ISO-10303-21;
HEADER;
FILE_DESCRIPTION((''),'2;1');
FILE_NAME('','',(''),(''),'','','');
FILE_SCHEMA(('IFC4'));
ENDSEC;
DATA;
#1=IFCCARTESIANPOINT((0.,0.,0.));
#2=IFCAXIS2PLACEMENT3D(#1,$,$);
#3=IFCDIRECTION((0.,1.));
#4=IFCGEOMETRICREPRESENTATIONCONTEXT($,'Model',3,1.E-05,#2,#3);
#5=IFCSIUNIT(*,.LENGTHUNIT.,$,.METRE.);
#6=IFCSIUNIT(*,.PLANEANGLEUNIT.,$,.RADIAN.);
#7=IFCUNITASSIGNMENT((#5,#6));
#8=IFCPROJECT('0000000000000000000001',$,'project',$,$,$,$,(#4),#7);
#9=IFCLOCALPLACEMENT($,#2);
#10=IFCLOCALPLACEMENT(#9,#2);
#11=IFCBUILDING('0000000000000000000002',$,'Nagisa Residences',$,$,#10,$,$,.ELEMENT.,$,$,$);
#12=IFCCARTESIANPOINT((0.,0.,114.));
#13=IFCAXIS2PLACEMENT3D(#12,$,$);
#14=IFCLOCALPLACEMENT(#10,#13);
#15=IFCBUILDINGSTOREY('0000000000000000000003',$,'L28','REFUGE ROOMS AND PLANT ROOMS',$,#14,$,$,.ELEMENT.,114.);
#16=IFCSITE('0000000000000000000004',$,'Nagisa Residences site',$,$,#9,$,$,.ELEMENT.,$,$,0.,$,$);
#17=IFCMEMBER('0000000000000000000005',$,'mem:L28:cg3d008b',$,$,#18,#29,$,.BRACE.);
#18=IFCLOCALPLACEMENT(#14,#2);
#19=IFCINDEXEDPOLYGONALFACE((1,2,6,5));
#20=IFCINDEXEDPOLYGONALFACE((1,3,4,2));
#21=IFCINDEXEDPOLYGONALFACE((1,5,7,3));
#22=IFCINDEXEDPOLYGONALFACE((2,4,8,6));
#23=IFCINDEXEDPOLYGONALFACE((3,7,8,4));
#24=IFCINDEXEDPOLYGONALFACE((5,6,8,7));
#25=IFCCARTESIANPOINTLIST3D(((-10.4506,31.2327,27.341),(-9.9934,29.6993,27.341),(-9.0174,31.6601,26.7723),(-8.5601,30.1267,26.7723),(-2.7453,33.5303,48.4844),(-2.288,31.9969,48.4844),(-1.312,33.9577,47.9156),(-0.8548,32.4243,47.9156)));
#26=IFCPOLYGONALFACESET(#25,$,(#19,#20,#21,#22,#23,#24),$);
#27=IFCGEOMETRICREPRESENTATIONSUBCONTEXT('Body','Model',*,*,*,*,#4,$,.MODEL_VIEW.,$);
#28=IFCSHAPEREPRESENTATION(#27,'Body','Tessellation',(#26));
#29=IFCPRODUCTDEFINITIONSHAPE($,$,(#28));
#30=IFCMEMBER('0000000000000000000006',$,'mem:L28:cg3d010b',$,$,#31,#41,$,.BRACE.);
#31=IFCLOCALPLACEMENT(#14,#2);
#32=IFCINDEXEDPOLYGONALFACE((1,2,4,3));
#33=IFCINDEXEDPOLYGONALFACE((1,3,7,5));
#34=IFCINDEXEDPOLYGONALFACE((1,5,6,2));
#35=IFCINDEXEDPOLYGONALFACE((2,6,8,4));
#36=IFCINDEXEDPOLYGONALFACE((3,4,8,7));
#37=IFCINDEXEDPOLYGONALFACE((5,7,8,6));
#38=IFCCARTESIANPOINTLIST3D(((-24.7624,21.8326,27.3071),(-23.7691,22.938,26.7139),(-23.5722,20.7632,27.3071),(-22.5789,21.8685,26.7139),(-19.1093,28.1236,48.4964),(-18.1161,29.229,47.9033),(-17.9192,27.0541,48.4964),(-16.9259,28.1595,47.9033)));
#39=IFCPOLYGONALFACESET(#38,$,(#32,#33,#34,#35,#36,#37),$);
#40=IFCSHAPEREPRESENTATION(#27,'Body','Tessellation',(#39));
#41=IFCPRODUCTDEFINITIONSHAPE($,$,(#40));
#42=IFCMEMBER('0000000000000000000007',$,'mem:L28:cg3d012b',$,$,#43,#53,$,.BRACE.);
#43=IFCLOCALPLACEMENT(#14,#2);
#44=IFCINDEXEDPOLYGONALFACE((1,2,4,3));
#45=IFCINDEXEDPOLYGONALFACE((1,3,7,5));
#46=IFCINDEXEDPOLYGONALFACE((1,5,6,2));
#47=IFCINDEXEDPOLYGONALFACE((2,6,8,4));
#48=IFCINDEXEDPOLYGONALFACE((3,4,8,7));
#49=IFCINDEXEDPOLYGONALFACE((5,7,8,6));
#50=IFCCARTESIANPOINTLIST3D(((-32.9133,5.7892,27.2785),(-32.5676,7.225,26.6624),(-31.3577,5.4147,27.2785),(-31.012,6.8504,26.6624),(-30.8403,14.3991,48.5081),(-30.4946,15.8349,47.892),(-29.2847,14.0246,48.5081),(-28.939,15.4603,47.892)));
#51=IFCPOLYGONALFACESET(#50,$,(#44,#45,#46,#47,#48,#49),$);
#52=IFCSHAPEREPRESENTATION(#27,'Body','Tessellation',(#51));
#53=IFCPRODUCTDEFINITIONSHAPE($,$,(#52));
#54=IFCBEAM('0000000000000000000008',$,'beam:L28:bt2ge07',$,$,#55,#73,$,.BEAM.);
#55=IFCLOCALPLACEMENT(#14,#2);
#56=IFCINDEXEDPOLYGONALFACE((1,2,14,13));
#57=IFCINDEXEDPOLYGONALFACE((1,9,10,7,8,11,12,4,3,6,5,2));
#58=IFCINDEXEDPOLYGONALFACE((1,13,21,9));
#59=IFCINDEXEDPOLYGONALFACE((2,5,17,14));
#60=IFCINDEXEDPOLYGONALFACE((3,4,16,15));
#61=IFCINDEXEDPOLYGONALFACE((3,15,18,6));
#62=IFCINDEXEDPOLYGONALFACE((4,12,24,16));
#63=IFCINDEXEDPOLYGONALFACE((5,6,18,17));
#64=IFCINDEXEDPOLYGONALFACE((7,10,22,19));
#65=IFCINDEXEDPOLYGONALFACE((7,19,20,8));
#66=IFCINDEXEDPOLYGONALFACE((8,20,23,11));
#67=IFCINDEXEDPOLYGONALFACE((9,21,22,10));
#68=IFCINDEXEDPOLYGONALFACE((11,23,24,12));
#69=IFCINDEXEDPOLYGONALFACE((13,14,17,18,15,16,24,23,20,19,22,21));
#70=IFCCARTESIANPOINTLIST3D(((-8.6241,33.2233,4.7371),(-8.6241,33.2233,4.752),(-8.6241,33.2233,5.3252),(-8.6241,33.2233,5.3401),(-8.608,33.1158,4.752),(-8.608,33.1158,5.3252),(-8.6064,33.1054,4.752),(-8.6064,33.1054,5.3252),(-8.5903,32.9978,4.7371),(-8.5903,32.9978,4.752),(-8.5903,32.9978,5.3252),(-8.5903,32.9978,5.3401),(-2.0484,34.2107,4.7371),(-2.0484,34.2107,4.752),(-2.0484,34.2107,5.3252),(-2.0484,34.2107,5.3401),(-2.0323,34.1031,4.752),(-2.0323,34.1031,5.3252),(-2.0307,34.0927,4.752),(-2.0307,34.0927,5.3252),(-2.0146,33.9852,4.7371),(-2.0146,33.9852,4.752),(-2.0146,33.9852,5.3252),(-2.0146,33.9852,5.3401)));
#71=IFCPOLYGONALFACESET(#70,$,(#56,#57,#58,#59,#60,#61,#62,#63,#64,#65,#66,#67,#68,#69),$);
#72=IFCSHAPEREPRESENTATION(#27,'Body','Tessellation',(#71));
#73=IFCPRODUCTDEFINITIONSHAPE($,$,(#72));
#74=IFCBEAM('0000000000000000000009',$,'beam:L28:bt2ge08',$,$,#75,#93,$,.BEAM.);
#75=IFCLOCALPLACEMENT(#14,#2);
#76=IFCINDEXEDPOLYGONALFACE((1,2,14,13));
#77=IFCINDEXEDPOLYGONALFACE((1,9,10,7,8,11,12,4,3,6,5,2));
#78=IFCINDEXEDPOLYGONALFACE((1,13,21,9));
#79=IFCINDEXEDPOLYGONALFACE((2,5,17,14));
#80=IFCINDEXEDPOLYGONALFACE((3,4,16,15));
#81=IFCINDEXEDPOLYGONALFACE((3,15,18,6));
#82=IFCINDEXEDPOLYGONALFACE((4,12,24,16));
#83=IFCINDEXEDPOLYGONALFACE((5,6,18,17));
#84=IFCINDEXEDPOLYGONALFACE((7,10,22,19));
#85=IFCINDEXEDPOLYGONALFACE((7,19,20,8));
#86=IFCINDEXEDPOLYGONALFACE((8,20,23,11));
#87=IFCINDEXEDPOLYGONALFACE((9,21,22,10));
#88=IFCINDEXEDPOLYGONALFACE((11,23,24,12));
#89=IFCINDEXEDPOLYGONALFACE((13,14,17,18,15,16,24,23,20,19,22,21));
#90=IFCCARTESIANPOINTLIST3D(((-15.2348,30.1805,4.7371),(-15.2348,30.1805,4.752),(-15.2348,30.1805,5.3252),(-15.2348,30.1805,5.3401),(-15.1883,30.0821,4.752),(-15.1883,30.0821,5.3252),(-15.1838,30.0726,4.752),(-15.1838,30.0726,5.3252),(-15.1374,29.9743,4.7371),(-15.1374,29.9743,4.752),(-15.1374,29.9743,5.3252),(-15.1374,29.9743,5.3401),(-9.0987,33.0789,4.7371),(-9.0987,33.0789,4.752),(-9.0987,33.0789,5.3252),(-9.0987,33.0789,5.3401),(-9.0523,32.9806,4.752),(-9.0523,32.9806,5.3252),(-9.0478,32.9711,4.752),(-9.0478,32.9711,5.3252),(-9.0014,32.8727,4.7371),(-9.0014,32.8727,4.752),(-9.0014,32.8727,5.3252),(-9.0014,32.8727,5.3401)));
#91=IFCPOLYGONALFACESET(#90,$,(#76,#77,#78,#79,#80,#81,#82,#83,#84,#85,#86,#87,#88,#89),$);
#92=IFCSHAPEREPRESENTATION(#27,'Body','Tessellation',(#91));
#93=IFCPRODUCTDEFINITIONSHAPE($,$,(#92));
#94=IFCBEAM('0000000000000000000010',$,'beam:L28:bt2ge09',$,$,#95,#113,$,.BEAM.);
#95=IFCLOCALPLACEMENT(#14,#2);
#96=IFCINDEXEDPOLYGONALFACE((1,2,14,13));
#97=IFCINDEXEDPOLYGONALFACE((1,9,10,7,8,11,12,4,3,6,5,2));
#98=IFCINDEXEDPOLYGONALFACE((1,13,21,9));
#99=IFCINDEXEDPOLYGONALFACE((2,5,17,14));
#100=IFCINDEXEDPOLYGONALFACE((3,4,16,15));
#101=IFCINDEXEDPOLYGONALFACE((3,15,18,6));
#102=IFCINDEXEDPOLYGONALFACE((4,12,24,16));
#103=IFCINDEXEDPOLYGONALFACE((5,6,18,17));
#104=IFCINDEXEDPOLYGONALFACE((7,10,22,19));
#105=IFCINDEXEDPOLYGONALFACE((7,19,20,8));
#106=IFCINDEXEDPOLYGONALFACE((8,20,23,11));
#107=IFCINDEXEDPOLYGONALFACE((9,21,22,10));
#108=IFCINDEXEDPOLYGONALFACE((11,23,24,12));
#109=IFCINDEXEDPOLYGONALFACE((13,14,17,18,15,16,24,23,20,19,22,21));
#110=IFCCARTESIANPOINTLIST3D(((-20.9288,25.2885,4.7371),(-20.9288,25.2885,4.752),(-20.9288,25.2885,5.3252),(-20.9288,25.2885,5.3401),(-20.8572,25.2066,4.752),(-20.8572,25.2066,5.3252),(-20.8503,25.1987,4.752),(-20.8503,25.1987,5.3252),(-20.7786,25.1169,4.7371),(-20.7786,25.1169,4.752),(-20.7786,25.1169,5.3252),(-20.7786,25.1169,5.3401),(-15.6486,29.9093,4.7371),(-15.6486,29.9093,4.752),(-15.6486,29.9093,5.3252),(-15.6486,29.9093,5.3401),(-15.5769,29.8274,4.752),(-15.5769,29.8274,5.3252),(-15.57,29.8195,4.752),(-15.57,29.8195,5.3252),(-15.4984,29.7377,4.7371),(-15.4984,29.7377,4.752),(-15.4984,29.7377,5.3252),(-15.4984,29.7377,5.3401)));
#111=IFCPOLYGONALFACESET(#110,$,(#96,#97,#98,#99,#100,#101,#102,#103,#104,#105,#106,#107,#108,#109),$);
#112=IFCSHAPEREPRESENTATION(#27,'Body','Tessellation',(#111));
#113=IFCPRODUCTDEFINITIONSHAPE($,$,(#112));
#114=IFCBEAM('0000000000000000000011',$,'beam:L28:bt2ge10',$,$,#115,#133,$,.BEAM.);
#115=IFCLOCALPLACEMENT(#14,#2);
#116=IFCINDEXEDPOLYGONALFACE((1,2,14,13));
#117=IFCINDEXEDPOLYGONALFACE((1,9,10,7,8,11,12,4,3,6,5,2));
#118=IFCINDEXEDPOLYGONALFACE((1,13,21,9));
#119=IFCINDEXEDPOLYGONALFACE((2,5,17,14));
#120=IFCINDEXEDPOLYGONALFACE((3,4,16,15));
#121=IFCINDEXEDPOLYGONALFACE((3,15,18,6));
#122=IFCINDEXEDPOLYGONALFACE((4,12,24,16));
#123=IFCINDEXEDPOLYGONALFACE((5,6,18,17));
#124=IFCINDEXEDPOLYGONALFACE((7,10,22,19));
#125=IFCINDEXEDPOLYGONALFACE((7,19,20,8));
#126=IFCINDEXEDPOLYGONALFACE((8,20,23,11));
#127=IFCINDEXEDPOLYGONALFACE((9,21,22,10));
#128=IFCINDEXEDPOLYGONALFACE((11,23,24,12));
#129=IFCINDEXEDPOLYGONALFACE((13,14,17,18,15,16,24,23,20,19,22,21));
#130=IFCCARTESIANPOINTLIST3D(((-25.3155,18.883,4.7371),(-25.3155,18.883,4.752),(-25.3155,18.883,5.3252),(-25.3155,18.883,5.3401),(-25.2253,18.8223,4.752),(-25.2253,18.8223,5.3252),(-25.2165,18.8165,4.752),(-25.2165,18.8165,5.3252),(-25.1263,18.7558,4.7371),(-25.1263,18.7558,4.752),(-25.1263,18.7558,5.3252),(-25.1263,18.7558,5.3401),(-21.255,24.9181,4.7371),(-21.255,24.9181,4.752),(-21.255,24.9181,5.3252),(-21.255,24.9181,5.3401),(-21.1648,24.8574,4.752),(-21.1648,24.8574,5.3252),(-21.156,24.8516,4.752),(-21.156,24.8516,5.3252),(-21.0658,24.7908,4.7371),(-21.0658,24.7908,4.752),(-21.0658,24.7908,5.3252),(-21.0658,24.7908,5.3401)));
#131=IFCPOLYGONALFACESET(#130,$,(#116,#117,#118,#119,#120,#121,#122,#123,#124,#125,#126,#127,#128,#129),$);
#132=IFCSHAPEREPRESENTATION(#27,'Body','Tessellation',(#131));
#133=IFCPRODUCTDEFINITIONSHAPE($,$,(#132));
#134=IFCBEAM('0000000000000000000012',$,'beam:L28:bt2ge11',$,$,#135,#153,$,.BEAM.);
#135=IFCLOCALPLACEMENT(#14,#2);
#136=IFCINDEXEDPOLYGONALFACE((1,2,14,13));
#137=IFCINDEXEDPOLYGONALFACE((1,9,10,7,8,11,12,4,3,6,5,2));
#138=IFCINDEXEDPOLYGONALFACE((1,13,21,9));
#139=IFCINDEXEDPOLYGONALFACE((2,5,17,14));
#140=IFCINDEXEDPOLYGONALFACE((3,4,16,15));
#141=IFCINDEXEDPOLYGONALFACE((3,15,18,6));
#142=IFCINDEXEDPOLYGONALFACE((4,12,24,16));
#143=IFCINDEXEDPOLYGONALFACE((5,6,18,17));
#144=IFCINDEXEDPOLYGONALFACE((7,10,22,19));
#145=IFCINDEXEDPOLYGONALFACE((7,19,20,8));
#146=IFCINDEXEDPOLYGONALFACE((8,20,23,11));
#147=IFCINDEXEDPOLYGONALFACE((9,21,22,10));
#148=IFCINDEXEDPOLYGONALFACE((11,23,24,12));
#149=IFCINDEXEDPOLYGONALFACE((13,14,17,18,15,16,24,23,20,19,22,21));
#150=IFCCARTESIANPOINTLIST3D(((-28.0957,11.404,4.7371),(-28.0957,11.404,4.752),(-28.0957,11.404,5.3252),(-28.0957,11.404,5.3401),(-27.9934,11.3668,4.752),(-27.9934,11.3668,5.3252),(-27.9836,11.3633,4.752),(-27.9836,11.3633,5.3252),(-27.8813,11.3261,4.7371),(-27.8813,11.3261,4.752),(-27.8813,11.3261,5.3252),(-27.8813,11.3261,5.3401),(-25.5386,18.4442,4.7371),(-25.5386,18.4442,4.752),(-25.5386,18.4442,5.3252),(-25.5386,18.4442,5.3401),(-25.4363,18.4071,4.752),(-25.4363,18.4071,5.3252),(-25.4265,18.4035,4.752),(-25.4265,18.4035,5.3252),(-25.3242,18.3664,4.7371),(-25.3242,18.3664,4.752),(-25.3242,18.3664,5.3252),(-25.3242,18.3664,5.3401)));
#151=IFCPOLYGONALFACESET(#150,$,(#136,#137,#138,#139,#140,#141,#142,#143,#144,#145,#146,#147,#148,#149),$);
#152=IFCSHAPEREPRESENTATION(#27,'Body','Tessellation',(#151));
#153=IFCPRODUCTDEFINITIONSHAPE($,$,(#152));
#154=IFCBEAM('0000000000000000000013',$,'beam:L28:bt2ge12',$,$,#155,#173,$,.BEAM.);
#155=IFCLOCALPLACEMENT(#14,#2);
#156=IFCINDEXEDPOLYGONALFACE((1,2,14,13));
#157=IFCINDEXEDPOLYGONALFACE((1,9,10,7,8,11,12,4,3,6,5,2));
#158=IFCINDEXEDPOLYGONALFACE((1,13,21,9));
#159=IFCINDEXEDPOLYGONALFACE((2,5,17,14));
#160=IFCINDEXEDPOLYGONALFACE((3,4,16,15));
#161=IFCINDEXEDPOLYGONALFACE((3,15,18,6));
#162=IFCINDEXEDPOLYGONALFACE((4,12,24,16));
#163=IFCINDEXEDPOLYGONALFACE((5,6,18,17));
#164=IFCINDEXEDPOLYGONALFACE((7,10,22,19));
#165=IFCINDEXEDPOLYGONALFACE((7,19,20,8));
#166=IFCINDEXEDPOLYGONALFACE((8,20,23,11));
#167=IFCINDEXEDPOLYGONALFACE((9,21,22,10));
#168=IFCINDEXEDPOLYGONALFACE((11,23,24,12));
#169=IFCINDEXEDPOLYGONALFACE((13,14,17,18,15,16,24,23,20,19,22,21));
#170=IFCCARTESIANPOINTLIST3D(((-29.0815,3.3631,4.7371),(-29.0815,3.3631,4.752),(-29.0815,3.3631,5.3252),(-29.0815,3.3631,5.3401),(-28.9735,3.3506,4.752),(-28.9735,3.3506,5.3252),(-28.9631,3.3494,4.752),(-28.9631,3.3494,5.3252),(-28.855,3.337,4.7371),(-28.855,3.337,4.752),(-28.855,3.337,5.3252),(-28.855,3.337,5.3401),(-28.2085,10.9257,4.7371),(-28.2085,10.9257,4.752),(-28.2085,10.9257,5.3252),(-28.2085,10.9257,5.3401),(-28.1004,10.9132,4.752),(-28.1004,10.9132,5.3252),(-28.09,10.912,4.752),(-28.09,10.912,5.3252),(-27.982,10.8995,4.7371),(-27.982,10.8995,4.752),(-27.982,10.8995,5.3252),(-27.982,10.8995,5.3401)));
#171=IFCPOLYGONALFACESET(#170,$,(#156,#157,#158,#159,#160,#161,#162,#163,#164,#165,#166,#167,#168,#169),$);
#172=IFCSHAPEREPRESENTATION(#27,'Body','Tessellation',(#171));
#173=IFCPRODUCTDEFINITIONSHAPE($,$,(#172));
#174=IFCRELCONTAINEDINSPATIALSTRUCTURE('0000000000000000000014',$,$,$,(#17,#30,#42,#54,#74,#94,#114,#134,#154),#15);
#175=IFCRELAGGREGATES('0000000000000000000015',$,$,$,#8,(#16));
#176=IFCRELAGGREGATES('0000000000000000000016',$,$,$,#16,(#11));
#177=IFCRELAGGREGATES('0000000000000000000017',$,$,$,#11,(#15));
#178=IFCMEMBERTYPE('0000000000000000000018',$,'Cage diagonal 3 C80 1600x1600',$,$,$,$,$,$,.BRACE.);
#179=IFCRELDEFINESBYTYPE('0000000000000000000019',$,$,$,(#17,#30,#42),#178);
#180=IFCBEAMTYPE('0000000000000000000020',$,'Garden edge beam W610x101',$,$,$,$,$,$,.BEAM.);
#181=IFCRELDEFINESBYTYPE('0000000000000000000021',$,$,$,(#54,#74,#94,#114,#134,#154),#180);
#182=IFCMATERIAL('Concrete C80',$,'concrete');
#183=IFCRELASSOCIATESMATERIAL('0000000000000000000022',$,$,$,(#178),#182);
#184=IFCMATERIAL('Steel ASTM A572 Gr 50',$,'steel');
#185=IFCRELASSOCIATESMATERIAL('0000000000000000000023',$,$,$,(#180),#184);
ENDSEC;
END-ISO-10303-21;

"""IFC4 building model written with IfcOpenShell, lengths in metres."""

from ifc_helpers import new_model, si_unit, direction, frame, origin, origin_2d, place, context, subcontext, project, spatial, rectangle, i_section, extrude, material, material_profile, profile_set, type_object, element, save


model = new_model("IFC4")

# Units and contexts
model_context = context("Model", 3, precision=1e-05, world=origin(), true_north=direction((0.0, 1.0)))
body_context = subcontext(model_context, "Body", "Model", "MODEL_VIEW")
ifc_project = project(units=[si_unit("LENGTHUNIT", "METRE"), si_unit("PLANEANGLEUNIT", "RADIAN")], contexts=[model_context])

# Site, building, storey
site_placement = place(None, origin())
site = spatial("IfcSite", under=ifc_project, at=site_placement, Name="Nagisa Residences site", CompositionType="ELEMENT", RefElevation=0.0)
building_placement = place(site_placement, origin())
building = spatial("IfcBuilding", under=site, at=building_placement, Name="Nagisa Residences", CompositionType="ELEMENT")
storey_placement = place(building_placement, frame((0.0, 0.0, 114.0)))
storey = spatial("IfcBuildingStorey", under=building, at=storey_placement, Name="L28", Description="REFUGE ROOMS AND PLANT ROOMS", CompositionType="ELEMENT", Elevation=114.0)

# Members
ifc_material_1 = material(Name="Concrete C80", Category="concrete")
ifc_material_profile_1 = material_profile(ifc_material_1, rectangle(XDim=1.6001, YDim=1.6001, at=origin_2d()), Name="C80 1600x1600")
ifc_profile_set_1 = profile_set([ifc_material_profile_1], Name="Concrete C80")
member_type = type_object("IfcMemberType", Name="Cage diagonal 3 C80 1600x1600", PredefinedType="BRACE", material=ifc_profile_set_1)
member_1_placement = place(storey_placement, frame((-9.5054, 30.6797, 27.0566), z_axis=(0.340633, 0.101572, 0.934694), x_axis=(-0.285751, 0.958304, 0.0)))
element("IfcMember", 1, at=member_1_placement, inside=storey, type_object=member_type, Name="mem:L28:cg3d008b", PredefinedType="BRACE", context=body_context, shape_type="SweptSolid", body=[
    extrude(rectangle(XDim=1.6001, YDim=1.6001, at=origin_2d()), origin(), (0.0, 0.0, 1.0), 22.6206),
])
member_2_placement = place(storey_placement, frame((-23.6707, 21.8506, 27.0105), z_axis=(0.247778, 0.27574, 0.928748), x_axis=(-0.743814, 0.668387, 0.0)))
element("IfcMember", 2, at=member_2_placement, inside=storey, type_object=member_type, Name="mem:L28:cg3d010b", PredefinedType="BRACE", context=body_context, shape_type="SweptSolid", body=[
    extrude(rectangle(XDim=1.6001, YDim=1.6001, at=origin_2d()), origin(), (0.0, 0.0, 1.0), 22.8149),
])
member_3_placement = place(storey_placement, frame((-31.9626, 6.3198, 26.9705), z_axis=(0.09012, 0.3743, 0.922918), x_axis=(-0.972217, 0.234081, 0.0)))
element("IfcMember", 3, at=member_3_placement, inside=storey, type_object=member_type, Name="mem:L28:cg3d012b", PredefinedType="BRACE", context=body_context, shape_type="SweptSolid", body=[
    extrude(rectangle(XDim=1.6001, YDim=1.6001, at=origin_2d()), origin(), (0.0, 0.0, 1.0), 23.0027),
])

# Beams
ifc_material_2 = material(Name="Steel ASTM A572 Gr 50", Category="steel")
ifc_material_profile_2 = material_profile(ifc_material_2, i_section(OverallWidth=0.228, OverallDepth=0.603, WebThickness=0.0105, FlangeThickness=0.0149, at=origin_2d()), Name="W610x101")
ifc_profile_set_2 = profile_set([ifc_material_profile_2], Name="Steel ASTM A572 Gr 50")
beam_type_1 = type_object("IfcBeamType", Name="Garden edge beam W610x101", PredefinedType="BEAM", material=ifc_profile_set_2)
beam_1_placement = place(storey_placement, frame((-2.0315, 34.0979, 5.0386), z_axis=(-0.988915, -0.14848, 0.0), x_axis=(0.14848, -0.988915, 0.0)))
element("IfcBeam", 4, at=beam_1_placement, inside=storey, type_object=beam_type_1, Name="beam:L28:bt2ge07", PredefinedType="BEAM", context=body_context, shape_type="SweptSolid", body=[
    extrude(i_section(OverallWidth=0.228, OverallDepth=0.603, WebThickness=0.0105, FlangeThickness=0.0149, at=origin_2d()), origin(), (0.0, 0.0, 1.0), 6.6494),
])
beam_2_placement = place(storey_placement, frame((-9.05, 32.9758, 5.0386), z_axis=(-0.904198, -0.427113, 0.0), x_axis=(0.427113, -0.904198, 0.0)))
element("IfcBeam", 5, at=beam_2_placement, inside=storey, type_object=beam_type_1, Name="beam:L28:bt2ge08", PredefinedType="BEAM", context=body_context, shape_type="SweptSolid", body=[
    extrude(i_section(OverallWidth=0.228, OverallDepth=0.603, WebThickness=0.0105, FlangeThickness=0.0149, at=origin_2d()), origin(), (0.0, 0.0, 1.0), 6.7861),
])
beam_3_placement = place(storey_placement, frame((-15.5735, 29.8235, 5.0386), z_axis=(-0.752534, -0.658554, 0.0), x_axis=(0.658554, -0.752534, 0.0)))
element("IfcBeam", 6, at=beam_3_placement, inside=storey, type_object=beam_type_1, Name="beam:L28:bt2ge09", PredefinedType="BEAM", context=body_context, shape_type="SweptSolid", body=[
    extrude(i_section(OverallWidth=0.228, OverallDepth=0.603, WebThickness=0.0105, FlangeThickness=0.0149, at=origin_2d()), origin(), (0.0, 0.0, 1.0), 7.0166),
])
beam_4_placement = place(storey_placement, frame((-21.1604, 24.8545, 5.0386), z_axis=(-0.558227, -0.829688, 0.0), x_axis=(0.829688, -0.558227, 0.0)))
element("IfcBeam", 7, at=beam_4_placement, inside=storey, type_object=beam_type_1, Name="beam:L28:bt2ge10", PredefinedType="BEAM", context=body_context, shape_type="SweptSolid", body=[
    extrude(i_section(OverallWidth=0.228, OverallDepth=0.603, WebThickness=0.0105, FlangeThickness=0.0149, at=origin_2d()), origin(), (0.0, 0.0, 1.0), 7.2739),
])
beam_5_placement = place(storey_placement, frame((-25.4314, 18.4053, 5.0386), z_axis=(-0.341392, -0.939921, 0.0), x_axis=(0.939921, -0.341392, 0.0)))
element("IfcBeam", 8, at=beam_5_placement, inside=storey, type_object=beam_type_1, Name="beam:L28:bt2ge11", PredefinedType="BEAM", context=body_context, shape_type="SweptSolid", body=[
    extrude(i_section(OverallWidth=0.228, OverallDepth=0.603, WebThickness=0.0105, FlangeThickness=0.0149, at=origin_2d()), origin(), (0.0, 0.0, 1.0), 7.4902),
])
beam_6_placement = place(storey_placement, frame((-28.0952, 10.9126, 5.0386), z_axis=(-0.114683, -0.993402, 0.0), x_axis=(0.993402, -0.114683, 0.0)))
element("IfcBeam", 9, at=beam_6_placement, inside=storey, type_object=beam_type_1, Name="beam:L28:bt2ge12", PredefinedType="BEAM", context=body_context, shape_type="SweptSolid", body=[
    extrude(i_section(OverallWidth=0.228, OverallDepth=0.603, WebThickness=0.0105, FlangeThickness=0.0149, at=origin_2d()), origin(), (0.0, 0.0, 1.0), 7.6128),
])

save(model, "model.ifc")
